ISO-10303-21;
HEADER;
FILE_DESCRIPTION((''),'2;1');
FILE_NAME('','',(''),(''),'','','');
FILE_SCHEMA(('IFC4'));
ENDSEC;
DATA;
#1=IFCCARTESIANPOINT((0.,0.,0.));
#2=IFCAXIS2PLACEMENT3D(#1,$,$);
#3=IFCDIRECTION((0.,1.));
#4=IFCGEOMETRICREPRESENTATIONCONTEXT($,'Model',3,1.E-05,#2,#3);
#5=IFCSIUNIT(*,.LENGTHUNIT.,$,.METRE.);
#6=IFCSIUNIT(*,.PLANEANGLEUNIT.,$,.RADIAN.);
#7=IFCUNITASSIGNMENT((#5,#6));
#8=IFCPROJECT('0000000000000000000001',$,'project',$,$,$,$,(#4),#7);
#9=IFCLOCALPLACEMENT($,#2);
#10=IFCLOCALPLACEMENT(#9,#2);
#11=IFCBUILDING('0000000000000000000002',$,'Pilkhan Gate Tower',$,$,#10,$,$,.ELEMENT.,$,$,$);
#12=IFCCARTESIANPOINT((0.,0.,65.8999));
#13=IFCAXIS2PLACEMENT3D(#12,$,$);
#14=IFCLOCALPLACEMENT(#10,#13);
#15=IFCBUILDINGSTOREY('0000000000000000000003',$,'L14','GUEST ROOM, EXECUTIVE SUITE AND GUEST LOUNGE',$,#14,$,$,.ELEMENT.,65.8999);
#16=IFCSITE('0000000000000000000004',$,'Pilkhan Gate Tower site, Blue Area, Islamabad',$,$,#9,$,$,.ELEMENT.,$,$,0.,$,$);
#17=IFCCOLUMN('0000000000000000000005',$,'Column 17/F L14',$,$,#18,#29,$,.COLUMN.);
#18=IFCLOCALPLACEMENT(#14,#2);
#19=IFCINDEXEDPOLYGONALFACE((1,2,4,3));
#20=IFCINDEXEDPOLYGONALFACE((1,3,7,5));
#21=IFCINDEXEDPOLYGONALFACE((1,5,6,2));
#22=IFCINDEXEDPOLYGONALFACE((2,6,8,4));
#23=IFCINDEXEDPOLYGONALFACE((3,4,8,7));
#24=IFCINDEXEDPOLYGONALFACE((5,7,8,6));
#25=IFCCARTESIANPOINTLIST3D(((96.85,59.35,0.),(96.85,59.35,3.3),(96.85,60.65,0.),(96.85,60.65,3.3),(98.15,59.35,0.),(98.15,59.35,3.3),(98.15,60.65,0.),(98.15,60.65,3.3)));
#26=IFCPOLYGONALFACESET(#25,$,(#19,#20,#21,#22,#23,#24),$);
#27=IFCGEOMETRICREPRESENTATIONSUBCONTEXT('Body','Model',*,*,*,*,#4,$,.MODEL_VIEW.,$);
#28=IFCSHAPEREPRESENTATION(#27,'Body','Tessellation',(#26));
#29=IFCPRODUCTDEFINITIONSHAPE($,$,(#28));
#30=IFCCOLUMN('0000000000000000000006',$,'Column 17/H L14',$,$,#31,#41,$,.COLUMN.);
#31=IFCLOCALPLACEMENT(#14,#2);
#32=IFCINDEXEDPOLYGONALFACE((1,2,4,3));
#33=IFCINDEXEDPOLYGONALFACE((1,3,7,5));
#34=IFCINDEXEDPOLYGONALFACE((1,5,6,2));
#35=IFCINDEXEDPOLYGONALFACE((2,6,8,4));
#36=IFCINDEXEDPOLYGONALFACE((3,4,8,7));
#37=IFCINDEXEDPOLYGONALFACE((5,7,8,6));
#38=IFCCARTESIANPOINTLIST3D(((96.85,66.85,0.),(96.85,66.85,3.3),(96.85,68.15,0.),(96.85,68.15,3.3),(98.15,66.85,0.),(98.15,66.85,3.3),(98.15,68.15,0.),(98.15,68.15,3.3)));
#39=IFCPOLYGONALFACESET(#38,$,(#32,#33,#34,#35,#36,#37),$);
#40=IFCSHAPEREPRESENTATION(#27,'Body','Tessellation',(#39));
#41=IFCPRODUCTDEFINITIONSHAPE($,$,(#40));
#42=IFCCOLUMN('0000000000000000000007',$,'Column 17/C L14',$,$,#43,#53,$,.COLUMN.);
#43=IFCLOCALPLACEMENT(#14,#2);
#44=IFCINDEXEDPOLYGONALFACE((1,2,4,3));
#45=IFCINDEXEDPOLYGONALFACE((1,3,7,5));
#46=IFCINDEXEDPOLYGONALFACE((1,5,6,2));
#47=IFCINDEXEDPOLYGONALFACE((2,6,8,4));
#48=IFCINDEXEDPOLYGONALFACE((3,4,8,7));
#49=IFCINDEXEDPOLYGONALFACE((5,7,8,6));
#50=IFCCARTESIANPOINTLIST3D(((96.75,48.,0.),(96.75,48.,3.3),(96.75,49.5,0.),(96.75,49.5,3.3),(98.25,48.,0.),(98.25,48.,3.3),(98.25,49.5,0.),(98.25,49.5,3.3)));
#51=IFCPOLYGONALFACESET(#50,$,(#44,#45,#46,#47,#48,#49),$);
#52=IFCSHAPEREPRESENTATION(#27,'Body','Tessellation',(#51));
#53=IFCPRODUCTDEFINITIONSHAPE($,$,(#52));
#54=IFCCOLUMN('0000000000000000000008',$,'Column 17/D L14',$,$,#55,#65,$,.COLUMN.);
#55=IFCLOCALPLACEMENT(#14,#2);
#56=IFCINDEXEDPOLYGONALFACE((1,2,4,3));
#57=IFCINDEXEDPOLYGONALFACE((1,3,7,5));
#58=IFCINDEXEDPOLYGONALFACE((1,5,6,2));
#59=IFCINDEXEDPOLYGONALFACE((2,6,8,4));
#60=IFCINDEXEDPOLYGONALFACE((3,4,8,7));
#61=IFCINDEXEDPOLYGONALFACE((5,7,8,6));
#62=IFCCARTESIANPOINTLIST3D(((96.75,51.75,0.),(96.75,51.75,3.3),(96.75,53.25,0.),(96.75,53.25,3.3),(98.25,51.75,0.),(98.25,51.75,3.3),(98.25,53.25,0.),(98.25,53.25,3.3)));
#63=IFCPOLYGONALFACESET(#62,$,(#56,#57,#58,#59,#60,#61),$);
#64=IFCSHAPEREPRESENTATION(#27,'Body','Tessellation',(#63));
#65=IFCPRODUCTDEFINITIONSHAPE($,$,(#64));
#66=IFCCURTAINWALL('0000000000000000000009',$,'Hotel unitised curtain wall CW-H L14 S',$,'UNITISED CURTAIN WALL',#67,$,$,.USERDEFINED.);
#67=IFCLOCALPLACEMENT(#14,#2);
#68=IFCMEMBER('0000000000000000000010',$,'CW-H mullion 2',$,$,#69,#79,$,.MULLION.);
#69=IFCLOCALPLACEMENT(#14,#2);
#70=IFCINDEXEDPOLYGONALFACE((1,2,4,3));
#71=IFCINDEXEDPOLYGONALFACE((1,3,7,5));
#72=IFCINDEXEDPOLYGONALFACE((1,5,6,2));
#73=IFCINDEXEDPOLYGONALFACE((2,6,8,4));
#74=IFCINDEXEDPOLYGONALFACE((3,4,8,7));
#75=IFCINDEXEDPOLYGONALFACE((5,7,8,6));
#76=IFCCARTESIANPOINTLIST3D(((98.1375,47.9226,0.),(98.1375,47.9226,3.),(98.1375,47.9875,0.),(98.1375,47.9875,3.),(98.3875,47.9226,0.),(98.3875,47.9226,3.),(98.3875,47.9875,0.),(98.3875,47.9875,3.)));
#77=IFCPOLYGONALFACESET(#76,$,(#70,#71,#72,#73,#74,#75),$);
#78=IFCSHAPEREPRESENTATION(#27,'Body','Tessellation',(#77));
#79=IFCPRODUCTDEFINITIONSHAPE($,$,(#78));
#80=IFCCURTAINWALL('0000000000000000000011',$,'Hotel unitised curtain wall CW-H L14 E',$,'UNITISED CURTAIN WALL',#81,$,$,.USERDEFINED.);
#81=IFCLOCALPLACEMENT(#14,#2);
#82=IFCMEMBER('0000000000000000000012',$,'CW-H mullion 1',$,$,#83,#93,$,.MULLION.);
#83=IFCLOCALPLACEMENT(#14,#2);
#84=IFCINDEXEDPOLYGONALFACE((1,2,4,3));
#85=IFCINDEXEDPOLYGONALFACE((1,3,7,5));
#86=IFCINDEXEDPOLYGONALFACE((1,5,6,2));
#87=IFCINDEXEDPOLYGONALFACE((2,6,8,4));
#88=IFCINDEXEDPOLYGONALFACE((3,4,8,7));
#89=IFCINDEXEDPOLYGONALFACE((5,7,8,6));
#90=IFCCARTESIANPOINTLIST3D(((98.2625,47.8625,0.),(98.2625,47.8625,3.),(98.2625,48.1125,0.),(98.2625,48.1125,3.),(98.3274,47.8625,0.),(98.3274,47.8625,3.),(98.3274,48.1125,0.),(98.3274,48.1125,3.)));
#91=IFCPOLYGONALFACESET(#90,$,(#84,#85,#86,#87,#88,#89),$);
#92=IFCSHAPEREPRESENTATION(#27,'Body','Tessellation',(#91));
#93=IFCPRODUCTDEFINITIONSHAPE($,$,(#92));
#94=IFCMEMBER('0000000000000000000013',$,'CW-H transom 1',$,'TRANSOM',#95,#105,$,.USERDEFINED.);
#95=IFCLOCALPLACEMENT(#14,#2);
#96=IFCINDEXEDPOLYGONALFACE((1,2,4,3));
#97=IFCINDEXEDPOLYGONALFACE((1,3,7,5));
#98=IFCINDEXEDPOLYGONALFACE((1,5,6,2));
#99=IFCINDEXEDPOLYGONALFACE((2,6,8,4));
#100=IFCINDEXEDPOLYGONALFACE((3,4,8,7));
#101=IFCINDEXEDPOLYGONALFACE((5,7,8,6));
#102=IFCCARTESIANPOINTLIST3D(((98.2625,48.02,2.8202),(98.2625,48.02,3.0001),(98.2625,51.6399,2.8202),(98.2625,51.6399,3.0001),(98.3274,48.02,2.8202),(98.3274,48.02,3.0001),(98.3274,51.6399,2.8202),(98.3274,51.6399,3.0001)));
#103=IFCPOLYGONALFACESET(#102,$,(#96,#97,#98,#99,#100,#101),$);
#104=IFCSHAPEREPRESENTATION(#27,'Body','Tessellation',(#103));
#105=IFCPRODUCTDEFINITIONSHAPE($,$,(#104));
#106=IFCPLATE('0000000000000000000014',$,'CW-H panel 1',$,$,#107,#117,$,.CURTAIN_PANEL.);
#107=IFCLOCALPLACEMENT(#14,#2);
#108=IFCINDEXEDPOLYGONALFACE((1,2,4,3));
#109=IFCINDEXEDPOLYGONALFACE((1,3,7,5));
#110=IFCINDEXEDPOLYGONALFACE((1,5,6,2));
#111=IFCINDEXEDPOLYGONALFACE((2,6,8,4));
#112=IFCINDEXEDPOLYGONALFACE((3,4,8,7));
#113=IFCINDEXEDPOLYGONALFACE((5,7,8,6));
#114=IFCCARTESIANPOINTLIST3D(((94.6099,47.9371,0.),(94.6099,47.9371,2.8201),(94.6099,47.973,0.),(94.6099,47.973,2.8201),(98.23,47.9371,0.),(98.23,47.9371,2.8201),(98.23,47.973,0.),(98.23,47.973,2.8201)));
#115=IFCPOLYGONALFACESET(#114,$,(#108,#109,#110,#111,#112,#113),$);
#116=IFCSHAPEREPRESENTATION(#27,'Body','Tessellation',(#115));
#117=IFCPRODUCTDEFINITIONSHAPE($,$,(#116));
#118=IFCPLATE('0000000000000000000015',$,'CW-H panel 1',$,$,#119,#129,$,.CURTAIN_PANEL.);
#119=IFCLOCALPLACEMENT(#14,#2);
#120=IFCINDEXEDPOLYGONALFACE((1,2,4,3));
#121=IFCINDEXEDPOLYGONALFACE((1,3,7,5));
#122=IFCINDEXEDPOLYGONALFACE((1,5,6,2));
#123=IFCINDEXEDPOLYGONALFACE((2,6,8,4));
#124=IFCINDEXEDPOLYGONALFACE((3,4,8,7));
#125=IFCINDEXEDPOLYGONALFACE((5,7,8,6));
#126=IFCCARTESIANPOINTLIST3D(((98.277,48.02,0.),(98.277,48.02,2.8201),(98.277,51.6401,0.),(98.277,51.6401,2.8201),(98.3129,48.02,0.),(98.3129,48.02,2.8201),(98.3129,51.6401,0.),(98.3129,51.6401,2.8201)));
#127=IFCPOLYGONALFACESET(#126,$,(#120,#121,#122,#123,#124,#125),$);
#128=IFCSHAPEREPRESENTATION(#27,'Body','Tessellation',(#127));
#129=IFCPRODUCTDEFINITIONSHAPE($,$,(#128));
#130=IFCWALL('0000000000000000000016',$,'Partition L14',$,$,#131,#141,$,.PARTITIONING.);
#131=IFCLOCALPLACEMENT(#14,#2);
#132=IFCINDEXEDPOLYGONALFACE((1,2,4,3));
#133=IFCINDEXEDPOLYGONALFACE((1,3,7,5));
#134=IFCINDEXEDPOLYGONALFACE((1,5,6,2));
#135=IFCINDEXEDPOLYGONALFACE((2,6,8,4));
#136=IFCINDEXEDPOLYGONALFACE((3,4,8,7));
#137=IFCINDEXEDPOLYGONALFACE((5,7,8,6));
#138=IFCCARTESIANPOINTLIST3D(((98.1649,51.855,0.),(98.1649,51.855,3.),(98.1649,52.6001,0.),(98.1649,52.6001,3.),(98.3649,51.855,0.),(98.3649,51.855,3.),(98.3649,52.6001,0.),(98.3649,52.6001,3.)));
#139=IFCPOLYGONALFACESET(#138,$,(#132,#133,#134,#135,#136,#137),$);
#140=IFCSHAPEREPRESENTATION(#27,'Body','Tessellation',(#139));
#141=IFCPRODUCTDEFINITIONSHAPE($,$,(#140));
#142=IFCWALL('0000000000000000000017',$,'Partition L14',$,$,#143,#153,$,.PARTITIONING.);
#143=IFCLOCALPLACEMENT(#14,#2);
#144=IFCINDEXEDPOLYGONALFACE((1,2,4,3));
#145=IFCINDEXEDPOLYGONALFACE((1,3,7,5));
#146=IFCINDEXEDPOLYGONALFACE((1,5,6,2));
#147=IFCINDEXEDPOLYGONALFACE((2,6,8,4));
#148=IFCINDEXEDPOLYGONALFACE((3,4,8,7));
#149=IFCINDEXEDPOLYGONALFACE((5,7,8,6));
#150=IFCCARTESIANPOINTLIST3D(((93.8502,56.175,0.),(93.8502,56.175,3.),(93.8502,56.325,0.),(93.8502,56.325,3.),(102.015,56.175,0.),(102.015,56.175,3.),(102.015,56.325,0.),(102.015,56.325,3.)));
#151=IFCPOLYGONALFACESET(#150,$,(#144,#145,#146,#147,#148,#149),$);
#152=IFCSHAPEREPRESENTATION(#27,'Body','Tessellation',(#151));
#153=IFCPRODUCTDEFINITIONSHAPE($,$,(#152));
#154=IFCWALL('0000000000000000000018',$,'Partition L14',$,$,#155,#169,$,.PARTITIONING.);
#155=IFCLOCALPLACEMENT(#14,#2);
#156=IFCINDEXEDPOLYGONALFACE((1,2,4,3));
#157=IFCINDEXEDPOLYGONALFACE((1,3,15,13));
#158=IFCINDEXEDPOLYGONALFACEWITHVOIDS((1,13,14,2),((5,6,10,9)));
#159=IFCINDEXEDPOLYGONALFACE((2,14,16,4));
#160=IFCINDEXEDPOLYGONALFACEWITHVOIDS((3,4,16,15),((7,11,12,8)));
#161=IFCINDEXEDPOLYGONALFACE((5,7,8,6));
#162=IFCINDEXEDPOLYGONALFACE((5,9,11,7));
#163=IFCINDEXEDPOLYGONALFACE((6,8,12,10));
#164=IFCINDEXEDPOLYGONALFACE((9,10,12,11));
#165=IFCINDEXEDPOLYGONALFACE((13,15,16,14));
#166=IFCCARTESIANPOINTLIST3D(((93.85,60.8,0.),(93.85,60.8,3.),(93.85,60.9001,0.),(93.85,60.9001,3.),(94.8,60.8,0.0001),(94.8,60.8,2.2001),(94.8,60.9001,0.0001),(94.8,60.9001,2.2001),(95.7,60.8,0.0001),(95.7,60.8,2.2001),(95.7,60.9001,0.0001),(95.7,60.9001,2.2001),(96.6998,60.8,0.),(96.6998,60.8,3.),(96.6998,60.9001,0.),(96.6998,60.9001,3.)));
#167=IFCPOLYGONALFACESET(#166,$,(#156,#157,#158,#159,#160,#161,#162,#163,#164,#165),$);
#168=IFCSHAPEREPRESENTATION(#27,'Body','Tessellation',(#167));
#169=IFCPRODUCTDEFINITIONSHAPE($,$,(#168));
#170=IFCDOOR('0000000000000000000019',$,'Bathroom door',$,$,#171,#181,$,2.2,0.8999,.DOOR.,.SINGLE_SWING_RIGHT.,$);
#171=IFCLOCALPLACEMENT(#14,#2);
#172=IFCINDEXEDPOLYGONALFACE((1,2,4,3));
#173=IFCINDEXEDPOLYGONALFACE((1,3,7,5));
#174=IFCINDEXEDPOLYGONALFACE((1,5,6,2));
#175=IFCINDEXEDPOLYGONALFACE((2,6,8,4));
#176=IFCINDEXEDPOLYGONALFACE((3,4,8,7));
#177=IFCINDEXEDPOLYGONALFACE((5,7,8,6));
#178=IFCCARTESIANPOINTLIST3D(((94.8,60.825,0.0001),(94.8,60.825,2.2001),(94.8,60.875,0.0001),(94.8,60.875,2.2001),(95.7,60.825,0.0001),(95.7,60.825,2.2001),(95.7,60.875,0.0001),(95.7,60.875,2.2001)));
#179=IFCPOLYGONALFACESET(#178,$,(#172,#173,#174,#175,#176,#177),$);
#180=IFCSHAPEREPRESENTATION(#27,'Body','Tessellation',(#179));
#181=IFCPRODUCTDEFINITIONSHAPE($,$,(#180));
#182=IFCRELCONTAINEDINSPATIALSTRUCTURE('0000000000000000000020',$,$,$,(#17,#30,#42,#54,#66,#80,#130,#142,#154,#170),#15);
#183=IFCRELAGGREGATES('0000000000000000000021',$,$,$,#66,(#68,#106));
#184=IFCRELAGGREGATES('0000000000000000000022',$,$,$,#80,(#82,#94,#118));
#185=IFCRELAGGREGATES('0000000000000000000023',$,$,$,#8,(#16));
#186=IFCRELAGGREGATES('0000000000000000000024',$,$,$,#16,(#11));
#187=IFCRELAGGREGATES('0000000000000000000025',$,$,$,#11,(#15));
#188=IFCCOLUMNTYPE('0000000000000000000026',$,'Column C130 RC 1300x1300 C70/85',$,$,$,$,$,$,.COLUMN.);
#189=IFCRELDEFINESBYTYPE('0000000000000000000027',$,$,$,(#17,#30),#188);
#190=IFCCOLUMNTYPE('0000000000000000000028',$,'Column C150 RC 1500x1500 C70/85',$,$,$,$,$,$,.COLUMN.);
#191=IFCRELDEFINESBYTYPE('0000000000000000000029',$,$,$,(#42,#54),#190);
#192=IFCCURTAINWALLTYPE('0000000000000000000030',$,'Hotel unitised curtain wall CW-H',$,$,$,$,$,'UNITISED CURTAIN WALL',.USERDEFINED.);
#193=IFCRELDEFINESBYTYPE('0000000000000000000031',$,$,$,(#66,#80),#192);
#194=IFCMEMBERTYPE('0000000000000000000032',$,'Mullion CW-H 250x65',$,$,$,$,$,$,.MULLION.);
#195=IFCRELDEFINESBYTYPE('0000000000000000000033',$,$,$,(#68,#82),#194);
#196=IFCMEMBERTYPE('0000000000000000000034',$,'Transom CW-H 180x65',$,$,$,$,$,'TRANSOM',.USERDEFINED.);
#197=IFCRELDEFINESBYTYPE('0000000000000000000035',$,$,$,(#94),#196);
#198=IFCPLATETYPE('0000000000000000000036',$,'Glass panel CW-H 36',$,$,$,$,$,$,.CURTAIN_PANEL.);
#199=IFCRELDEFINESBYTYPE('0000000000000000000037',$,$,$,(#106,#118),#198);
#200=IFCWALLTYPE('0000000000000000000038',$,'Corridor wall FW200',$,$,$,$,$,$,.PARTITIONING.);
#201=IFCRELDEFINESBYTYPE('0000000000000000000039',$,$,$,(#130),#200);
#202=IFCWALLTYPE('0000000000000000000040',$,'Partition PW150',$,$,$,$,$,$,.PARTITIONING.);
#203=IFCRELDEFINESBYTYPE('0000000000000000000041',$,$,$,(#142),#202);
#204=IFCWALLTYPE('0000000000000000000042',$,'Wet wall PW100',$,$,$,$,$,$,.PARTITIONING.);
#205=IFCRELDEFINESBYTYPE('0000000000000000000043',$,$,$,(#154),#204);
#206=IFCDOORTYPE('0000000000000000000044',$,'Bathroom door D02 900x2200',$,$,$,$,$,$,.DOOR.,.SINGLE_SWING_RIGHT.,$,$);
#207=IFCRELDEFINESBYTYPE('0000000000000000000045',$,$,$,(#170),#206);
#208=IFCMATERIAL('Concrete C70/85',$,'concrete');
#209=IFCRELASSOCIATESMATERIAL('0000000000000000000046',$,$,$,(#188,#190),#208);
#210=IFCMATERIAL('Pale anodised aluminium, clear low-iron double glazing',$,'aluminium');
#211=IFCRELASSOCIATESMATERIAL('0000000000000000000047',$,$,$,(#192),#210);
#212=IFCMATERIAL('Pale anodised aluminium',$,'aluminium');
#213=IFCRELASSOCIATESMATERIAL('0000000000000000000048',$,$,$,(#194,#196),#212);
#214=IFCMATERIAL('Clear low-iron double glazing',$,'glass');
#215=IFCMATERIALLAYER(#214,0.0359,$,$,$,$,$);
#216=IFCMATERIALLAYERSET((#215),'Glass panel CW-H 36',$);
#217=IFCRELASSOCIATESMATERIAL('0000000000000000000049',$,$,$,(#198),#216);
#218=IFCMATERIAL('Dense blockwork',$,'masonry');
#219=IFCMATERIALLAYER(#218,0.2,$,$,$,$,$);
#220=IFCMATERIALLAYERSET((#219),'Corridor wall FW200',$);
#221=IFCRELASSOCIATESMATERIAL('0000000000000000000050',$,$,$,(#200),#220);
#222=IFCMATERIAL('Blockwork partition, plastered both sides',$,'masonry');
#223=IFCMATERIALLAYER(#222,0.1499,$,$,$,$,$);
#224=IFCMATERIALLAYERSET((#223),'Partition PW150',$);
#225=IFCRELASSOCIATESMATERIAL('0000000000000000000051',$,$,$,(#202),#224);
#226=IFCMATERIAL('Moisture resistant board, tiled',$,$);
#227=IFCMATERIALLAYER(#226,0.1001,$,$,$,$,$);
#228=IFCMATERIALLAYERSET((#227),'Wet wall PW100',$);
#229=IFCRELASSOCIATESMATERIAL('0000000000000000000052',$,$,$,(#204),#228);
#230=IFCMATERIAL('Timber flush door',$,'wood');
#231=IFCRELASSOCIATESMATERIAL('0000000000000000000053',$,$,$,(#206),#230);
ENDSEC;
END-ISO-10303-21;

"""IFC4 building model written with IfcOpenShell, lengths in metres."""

from ifc_helpers import new_model, si_unit, direction, frame, frame_2d, origin, origin_2d, place, context, subcontext, project, spatial, rectangle, extrude, material, layer, layer_set, material_profile, profile_set, type_object, element, fill, aggregate, save


model = new_model("IFC4")

# Units and contexts
model_context = context("Model", 3, precision=1e-05, world=origin(), true_north=direction((0.0, 1.0)))
body_context = subcontext(model_context, "Body", "Model", "MODEL_VIEW")
ifc_project = project(units=[si_unit("LENGTHUNIT", "METRE"), si_unit("PLANEANGLEUNIT", "RADIAN")], contexts=[model_context])

# Site, building, storey
site_placement = place(None, origin())
site = spatial("IfcSite", under=ifc_project, at=site_placement, Name="Pilkhan Gate Tower site, Blue Area, Islamabad", CompositionType="ELEMENT", RefElevation=0.0)
building_placement = place(site_placement, origin())
building = spatial("IfcBuilding", under=site, at=building_placement, Name="Pilkhan Gate Tower", CompositionType="ELEMENT")
storey_placement = place(building_placement, frame((0.0, 0.0, 65.8999)))
storey = spatial("IfcBuildingStorey", under=building, at=storey_placement, Name="L14", Description="GUEST ROOM, EXECUTIVE SUITE AND GUEST LOUNGE", CompositionType="ELEMENT", Elevation=65.8999)

# Columns
ifc_material_1 = material(Name="Concrete C70/85", Category="concrete")
ifc_material_profile_1 = material_profile(ifc_material_1, rectangle(XDim=1.3, YDim=1.3, at=origin_2d()), Name="RC 1300x1300")
ifc_profile_set_1 = profile_set([ifc_material_profile_1], Name="Concrete C70/85")
column_type_1 = type_object("IfcColumnType", Name="Column C130 RC 1300x1300 C70/85", PredefinedType="COLUMN", material=ifc_profile_set_1)
for number, where, z_axis, x_axis, name in (
    (1, (97.5, 60.0, 0.0), (0.0, 0.0, 1.0), (1.0, 0.0, 0.0), "Column 17/F L14"),
    (2, (97.5, 67.5, 0.0), (0.0, 0.0, 1.0), (1.0, 0.0, 0.0), "Column 17/H L14"),
):
    element("IfcColumn", number, at=place(storey_placement, frame(where, z_axis=z_axis, x_axis=x_axis)), inside=storey, type_object=column_type_1, Name=name, PredefinedType="COLUMN", context=body_context, shape_type="SweptSolid", body=[
        extrude(rectangle(XDim=1.3, YDim=1.3, at=origin_2d()), origin(), (0.0, 0.0, 1.0), 3.3),
    ])
ifc_material_profile_2 = material_profile(ifc_material_1, rectangle(XDim=1.5, YDim=1.5, at=origin_2d()), Name="RC 1500x1500")
ifc_profile_set_2 = profile_set([ifc_material_profile_2], Name="Concrete C70/85")
column_type_2 = type_object("IfcColumnType", Name="Column C150 RC 1500x1500 C70/85", PredefinedType="COLUMN", material=ifc_profile_set_2)
for number, where, z_axis, x_axis, name in (
    (3, (97.5, 48.75, 0.0), (0.0, 0.0, 1.0), (1.0, 0.0, 0.0), "Column 17/C L14"),
    (4, (97.5, 52.5, 0.0), (0.0, 0.0, 1.0), (1.0, 0.0, 0.0), "Column 17/D L14"),
):
    element("IfcColumn", number, at=place(storey_placement, frame(where, z_axis=z_axis, x_axis=x_axis)), inside=storey, type_object=column_type_2, Name=name, PredefinedType="COLUMN", context=body_context, shape_type="SweptSolid", body=[
        extrude(rectangle(XDim=1.5, YDim=1.5, at=origin_2d()), origin(), (0.0, 0.0, 1.0), 3.3),
    ])

# Curtain wall, member
ifc_material_2 = material(Name="Pale anodised aluminium, clear low-iron double glazing", Category="aluminium")
curtain_wall_type = type_object("IfcCurtainWallType", Name="Hotel unitised curtain wall CW-H", ElementType="UNITISED CURTAIN WALL", PredefinedType="USERDEFINED", material=ifc_material_2)
curtain_wall_1_placement = place(storey_placement, origin())
curtain_wall_1 = element("IfcCurtainWall", 5, at=curtain_wall_1_placement, inside=storey, type_object=curtain_wall_type, Name="Hotel unitised curtain wall CW-H L14 S", ObjectType="UNITISED CURTAIN WALL", PredefinedType="USERDEFINED")
ifc_material_3 = material(Name="Pale anodised aluminium", Category="aluminium")
ifc_material_profile_3 = material_profile(ifc_material_3, rectangle(XDim=0.0649, YDim=0.25, at=origin_2d()), Name="Mullion 250x65")
ifc_profile_set_3 = profile_set([ifc_material_profile_3], Name="Pale anodised aluminium")
member_type_1 = type_object("IfcMemberType", Name="Mullion CW-H 250x65", PredefinedType="MULLION", material=ifc_profile_set_3)
member_1_placement = place(storey_placement, frame((98.2625, 47.9551, 0.0), z_axis=(0.0, 0.0, 1.0), x_axis=(0.0, 1.0, 0.0)))
member_1 = element("IfcMember", 6, at=member_1_placement, type_object=member_type_1, Name="CW-H mullion 2", PredefinedType="MULLION", context=body_context, shape_type="SweptSolid", body=[
    extrude(rectangle(XDim=0.0649, YDim=0.25, at=origin_2d()), origin(), (0.0, 0.0, 1.0), 3.0),
])

# Curtain wall, members
curtain_wall_2_placement = place(storey_placement, origin())
curtain_wall_2 = element("IfcCurtainWall", 7, at=curtain_wall_2_placement, inside=storey, type_object=curtain_wall_type, Name="Hotel unitised curtain wall CW-H L14 E", ObjectType="UNITISED CURTAIN WALL", PredefinedType="USERDEFINED")
member_2_placement = place(storey_placement, frame((98.2949, 47.9875, 0.0), z_axis=(0.0, 0.0, 1.0), x_axis=(-1.0, 0.0, 0.0)))
member_2 = element("IfcMember", 8, at=member_2_placement, type_object=member_type_1, Name="CW-H mullion 1", PredefinedType="MULLION", context=body_context, shape_type="SweptSolid", body=[
    extrude(rectangle(XDim=0.0649, YDim=0.25, at=origin_2d()), origin(), (0.0, 0.0, 1.0), 3.0),
])
ifc_material_profile_4 = material_profile(ifc_material_3, rectangle(XDim=0.0649, YDim=0.1799, at=origin_2d()), Name="Transom 180x65")
ifc_profile_set_4 = profile_set([ifc_material_profile_4], Name="Pale anodised aluminium")
member_type_2 = type_object("IfcMemberType", Name="Transom CW-H 180x65", ElementType="TRANSOM", PredefinedType="USERDEFINED", material=ifc_profile_set_4)
member_3_placement = place(storey_placement, frame((98.2949, 48.02, 2.9102), z_axis=(0.0, 1.0, 0.0), x_axis=(-1.0, 0.0, 0.0)))
member_3 = element("IfcMember", 9, at=member_3_placement, type_object=member_type_2, Name="CW-H transom 1", ObjectType="TRANSOM", PredefinedType="USERDEFINED", context=body_context, shape_type="SweptSolid", body=[
    extrude(rectangle(XDim=0.0649, YDim=0.1799, at=origin_2d()), origin(), (0.0, 0.0, 1.0), 3.6199),
])

# Plates
ifc_material_4 = material(Name="Clear low-iron double glazing", Category="glass")
ifc_layer_1 = layer(ifc_material_4, 0.0359)
ifc_layer_set_1 = layer_set([ifc_layer_1], Name="Glass panel CW-H 36")
plate_type = type_object("IfcPlateType", Name="Glass panel CW-H 36", PredefinedType="CURTAIN_PANEL", material=ifc_layer_set_1)
plate_1_placement = place(storey_placement, frame((96.4199, 47.9551, 0.0), z_axis=(0.0, 0.0, 1.0), x_axis=(1.0, 0.0, 0.0)))
plate_1 = element("IfcPlate", 10, at=plate_1_placement, type_object=plate_type, Name="CW-H panel 1", PredefinedType="CURTAIN_PANEL", context=body_context, shape_type="SweptSolid", body=[
    extrude(rectangle(XDim=3.6201, YDim=0.0359, at=origin_2d()), origin(), (0.0, 0.0, 1.0), 2.8201),
])
aggregate(curtain_wall_1, [member_1, plate_1])
plate_2_placement = place(storey_placement, frame((98.2949, 49.8301, 0.0), z_axis=(0.0, 0.0, 1.0), x_axis=(0.0, 1.0, 0.0)))
plate_2 = element("IfcPlate", 11, at=plate_2_placement, type_object=plate_type, Name="CW-H panel 1", PredefinedType="CURTAIN_PANEL", context=body_context, shape_type="SweptSolid", body=[
    extrude(rectangle(XDim=3.6201, YDim=0.0359, at=origin_2d()), origin(), (0.0, 0.0, 1.0), 2.8201),
])
aggregate(curtain_wall_2, [member_2, member_3, plate_2])

# Walls
ifc_material_5 = material(Name="Dense blockwork", Category="masonry")
ifc_layer_2 = layer(ifc_material_5, 0.2)
ifc_layer_set_2 = layer_set([ifc_layer_2], Name="Corridor wall FW200")
wall_type_1 = type_object("IfcWallType", Name="Corridor wall FW200", PredefinedType="PARTITIONING", material=ifc_layer_set_2)
wall_1_placement = place(storey_placement, frame((98.2649, 51.855, 0.0), z_axis=(0.0, 0.0, 1.0), x_axis=(0.0, 1.0, 0.0)))
element("IfcWall", 12, at=wall_1_placement, inside=storey, type_object=wall_type_1, Name="Partition L14", PredefinedType="PARTITIONING", context=body_context, shape_type="SweptSolid", body=[
    extrude(rectangle(XDim=0.7451, YDim=0.2, at=frame_2d((0.3726, 0.0))), origin(), (0.0, 0.0, 1.0), 3.0),
])
ifc_material_6 = material(Name="Blockwork partition, plastered both sides", Category="masonry")
ifc_layer_3 = layer(ifc_material_6, 0.1499)
ifc_layer_set_3 = layer_set([ifc_layer_3], Name="Partition PW150")
wall_type_2 = type_object("IfcWallType", Name="Partition PW150", PredefinedType="PARTITIONING", material=ifc_layer_set_3)
wall_2_placement = place(storey_placement, frame((93.8501, 56.25, 0.0), z_axis=(0.0, 0.0, 1.0), x_axis=(1.0, 0.0, 0.0)))
element("IfcWall", 13, at=wall_2_placement, inside=storey, type_object=wall_type_2, Name="Partition L14", PredefinedType="PARTITIONING", context=body_context, shape_type="SweptSolid", body=[
    extrude(rectangle(XDim=8.1648, YDim=0.1499, at=frame_2d((4.0825, 0.0))), origin(), (0.0, 0.0, 1.0), 3.0),
])

# Wall, opening, door
ifc_material_7 = material(Name="Moisture resistant board, tiled")
ifc_layer_4 = layer(ifc_material_7, 0.1001)
ifc_layer_set_4 = layer_set([ifc_layer_4], Name="Wet wall PW100")
wall_type_3 = type_object("IfcWallType", Name="Wet wall PW100", PredefinedType="PARTITIONING", material=ifc_layer_set_4)
wall_3_placement = place(storey_placement, frame((93.8501, 60.8501, 0.0), z_axis=(0.0, 0.0, 1.0), x_axis=(1.0, 0.0, 0.0)))
wall_3 = element("IfcWall", 14, at=wall_3_placement, inside=storey, type_object=wall_type_3, Name="Partition L14", PredefinedType="PARTITIONING", context=body_context, shape_type="SweptSolid", body=[
    extrude(rectangle(XDim=2.8499, YDim=0.1001, at=frame_2d((1.4248, 0.0))), origin(), (0.0, 0.0, 1.0), 3.0),
])
opening_1_placement = place(wall_3_placement, frame((0.95, 0.0, 0.0)))
opening_1 = element("IfcOpeningElement", 15, at=opening_1_placement, cuts=wall_3, PredefinedType="OPENING", context=body_context, shape_type="SweptSolid", body=[
    extrude(rectangle(XDim=0.8999, YDim=2.2, at=frame_2d((0.45, 1.1001))), frame((0.0, 0.0601, 0.0), z_axis=(0.0, -1.0, 0.0), x_axis=(1.0, 0.0, 0.0)), (0.0, 0.0, 1.0), 0.1201),
])
ifc_material_8 = material(Name="Timber flush door", Category="wood")
door_type = type_object("IfcDoorType", Name="Bathroom door D02 900x2200", OperationType="SINGLE_SWING_RIGHT", PredefinedType="DOOR", material=ifc_material_8)
door_1_placement = place(opening_1_placement, origin())
door_1 = element("IfcDoor", 16, at=door_1_placement, inside=storey, type_object=door_type, Name="Bathroom door", OperationType="SINGLE_SWING_RIGHT", OverallHeight=2.2, OverallWidth=0.8999, PredefinedType="DOOR", context=body_context, shape_type="SweptSolid", body=[
    extrude(rectangle(XDim=0.8999, YDim=2.2, at=frame_2d((0.45, 1.1001))), frame((0.0, 0.0249, 0.0), z_axis=(0.0, -1.0, 0.0), x_axis=(1.0, 0.0, 0.0)), (0.0, 0.0, 1.0), 0.05),
])
fill(opening_1, door_1)

save(model, "model.ifc")
